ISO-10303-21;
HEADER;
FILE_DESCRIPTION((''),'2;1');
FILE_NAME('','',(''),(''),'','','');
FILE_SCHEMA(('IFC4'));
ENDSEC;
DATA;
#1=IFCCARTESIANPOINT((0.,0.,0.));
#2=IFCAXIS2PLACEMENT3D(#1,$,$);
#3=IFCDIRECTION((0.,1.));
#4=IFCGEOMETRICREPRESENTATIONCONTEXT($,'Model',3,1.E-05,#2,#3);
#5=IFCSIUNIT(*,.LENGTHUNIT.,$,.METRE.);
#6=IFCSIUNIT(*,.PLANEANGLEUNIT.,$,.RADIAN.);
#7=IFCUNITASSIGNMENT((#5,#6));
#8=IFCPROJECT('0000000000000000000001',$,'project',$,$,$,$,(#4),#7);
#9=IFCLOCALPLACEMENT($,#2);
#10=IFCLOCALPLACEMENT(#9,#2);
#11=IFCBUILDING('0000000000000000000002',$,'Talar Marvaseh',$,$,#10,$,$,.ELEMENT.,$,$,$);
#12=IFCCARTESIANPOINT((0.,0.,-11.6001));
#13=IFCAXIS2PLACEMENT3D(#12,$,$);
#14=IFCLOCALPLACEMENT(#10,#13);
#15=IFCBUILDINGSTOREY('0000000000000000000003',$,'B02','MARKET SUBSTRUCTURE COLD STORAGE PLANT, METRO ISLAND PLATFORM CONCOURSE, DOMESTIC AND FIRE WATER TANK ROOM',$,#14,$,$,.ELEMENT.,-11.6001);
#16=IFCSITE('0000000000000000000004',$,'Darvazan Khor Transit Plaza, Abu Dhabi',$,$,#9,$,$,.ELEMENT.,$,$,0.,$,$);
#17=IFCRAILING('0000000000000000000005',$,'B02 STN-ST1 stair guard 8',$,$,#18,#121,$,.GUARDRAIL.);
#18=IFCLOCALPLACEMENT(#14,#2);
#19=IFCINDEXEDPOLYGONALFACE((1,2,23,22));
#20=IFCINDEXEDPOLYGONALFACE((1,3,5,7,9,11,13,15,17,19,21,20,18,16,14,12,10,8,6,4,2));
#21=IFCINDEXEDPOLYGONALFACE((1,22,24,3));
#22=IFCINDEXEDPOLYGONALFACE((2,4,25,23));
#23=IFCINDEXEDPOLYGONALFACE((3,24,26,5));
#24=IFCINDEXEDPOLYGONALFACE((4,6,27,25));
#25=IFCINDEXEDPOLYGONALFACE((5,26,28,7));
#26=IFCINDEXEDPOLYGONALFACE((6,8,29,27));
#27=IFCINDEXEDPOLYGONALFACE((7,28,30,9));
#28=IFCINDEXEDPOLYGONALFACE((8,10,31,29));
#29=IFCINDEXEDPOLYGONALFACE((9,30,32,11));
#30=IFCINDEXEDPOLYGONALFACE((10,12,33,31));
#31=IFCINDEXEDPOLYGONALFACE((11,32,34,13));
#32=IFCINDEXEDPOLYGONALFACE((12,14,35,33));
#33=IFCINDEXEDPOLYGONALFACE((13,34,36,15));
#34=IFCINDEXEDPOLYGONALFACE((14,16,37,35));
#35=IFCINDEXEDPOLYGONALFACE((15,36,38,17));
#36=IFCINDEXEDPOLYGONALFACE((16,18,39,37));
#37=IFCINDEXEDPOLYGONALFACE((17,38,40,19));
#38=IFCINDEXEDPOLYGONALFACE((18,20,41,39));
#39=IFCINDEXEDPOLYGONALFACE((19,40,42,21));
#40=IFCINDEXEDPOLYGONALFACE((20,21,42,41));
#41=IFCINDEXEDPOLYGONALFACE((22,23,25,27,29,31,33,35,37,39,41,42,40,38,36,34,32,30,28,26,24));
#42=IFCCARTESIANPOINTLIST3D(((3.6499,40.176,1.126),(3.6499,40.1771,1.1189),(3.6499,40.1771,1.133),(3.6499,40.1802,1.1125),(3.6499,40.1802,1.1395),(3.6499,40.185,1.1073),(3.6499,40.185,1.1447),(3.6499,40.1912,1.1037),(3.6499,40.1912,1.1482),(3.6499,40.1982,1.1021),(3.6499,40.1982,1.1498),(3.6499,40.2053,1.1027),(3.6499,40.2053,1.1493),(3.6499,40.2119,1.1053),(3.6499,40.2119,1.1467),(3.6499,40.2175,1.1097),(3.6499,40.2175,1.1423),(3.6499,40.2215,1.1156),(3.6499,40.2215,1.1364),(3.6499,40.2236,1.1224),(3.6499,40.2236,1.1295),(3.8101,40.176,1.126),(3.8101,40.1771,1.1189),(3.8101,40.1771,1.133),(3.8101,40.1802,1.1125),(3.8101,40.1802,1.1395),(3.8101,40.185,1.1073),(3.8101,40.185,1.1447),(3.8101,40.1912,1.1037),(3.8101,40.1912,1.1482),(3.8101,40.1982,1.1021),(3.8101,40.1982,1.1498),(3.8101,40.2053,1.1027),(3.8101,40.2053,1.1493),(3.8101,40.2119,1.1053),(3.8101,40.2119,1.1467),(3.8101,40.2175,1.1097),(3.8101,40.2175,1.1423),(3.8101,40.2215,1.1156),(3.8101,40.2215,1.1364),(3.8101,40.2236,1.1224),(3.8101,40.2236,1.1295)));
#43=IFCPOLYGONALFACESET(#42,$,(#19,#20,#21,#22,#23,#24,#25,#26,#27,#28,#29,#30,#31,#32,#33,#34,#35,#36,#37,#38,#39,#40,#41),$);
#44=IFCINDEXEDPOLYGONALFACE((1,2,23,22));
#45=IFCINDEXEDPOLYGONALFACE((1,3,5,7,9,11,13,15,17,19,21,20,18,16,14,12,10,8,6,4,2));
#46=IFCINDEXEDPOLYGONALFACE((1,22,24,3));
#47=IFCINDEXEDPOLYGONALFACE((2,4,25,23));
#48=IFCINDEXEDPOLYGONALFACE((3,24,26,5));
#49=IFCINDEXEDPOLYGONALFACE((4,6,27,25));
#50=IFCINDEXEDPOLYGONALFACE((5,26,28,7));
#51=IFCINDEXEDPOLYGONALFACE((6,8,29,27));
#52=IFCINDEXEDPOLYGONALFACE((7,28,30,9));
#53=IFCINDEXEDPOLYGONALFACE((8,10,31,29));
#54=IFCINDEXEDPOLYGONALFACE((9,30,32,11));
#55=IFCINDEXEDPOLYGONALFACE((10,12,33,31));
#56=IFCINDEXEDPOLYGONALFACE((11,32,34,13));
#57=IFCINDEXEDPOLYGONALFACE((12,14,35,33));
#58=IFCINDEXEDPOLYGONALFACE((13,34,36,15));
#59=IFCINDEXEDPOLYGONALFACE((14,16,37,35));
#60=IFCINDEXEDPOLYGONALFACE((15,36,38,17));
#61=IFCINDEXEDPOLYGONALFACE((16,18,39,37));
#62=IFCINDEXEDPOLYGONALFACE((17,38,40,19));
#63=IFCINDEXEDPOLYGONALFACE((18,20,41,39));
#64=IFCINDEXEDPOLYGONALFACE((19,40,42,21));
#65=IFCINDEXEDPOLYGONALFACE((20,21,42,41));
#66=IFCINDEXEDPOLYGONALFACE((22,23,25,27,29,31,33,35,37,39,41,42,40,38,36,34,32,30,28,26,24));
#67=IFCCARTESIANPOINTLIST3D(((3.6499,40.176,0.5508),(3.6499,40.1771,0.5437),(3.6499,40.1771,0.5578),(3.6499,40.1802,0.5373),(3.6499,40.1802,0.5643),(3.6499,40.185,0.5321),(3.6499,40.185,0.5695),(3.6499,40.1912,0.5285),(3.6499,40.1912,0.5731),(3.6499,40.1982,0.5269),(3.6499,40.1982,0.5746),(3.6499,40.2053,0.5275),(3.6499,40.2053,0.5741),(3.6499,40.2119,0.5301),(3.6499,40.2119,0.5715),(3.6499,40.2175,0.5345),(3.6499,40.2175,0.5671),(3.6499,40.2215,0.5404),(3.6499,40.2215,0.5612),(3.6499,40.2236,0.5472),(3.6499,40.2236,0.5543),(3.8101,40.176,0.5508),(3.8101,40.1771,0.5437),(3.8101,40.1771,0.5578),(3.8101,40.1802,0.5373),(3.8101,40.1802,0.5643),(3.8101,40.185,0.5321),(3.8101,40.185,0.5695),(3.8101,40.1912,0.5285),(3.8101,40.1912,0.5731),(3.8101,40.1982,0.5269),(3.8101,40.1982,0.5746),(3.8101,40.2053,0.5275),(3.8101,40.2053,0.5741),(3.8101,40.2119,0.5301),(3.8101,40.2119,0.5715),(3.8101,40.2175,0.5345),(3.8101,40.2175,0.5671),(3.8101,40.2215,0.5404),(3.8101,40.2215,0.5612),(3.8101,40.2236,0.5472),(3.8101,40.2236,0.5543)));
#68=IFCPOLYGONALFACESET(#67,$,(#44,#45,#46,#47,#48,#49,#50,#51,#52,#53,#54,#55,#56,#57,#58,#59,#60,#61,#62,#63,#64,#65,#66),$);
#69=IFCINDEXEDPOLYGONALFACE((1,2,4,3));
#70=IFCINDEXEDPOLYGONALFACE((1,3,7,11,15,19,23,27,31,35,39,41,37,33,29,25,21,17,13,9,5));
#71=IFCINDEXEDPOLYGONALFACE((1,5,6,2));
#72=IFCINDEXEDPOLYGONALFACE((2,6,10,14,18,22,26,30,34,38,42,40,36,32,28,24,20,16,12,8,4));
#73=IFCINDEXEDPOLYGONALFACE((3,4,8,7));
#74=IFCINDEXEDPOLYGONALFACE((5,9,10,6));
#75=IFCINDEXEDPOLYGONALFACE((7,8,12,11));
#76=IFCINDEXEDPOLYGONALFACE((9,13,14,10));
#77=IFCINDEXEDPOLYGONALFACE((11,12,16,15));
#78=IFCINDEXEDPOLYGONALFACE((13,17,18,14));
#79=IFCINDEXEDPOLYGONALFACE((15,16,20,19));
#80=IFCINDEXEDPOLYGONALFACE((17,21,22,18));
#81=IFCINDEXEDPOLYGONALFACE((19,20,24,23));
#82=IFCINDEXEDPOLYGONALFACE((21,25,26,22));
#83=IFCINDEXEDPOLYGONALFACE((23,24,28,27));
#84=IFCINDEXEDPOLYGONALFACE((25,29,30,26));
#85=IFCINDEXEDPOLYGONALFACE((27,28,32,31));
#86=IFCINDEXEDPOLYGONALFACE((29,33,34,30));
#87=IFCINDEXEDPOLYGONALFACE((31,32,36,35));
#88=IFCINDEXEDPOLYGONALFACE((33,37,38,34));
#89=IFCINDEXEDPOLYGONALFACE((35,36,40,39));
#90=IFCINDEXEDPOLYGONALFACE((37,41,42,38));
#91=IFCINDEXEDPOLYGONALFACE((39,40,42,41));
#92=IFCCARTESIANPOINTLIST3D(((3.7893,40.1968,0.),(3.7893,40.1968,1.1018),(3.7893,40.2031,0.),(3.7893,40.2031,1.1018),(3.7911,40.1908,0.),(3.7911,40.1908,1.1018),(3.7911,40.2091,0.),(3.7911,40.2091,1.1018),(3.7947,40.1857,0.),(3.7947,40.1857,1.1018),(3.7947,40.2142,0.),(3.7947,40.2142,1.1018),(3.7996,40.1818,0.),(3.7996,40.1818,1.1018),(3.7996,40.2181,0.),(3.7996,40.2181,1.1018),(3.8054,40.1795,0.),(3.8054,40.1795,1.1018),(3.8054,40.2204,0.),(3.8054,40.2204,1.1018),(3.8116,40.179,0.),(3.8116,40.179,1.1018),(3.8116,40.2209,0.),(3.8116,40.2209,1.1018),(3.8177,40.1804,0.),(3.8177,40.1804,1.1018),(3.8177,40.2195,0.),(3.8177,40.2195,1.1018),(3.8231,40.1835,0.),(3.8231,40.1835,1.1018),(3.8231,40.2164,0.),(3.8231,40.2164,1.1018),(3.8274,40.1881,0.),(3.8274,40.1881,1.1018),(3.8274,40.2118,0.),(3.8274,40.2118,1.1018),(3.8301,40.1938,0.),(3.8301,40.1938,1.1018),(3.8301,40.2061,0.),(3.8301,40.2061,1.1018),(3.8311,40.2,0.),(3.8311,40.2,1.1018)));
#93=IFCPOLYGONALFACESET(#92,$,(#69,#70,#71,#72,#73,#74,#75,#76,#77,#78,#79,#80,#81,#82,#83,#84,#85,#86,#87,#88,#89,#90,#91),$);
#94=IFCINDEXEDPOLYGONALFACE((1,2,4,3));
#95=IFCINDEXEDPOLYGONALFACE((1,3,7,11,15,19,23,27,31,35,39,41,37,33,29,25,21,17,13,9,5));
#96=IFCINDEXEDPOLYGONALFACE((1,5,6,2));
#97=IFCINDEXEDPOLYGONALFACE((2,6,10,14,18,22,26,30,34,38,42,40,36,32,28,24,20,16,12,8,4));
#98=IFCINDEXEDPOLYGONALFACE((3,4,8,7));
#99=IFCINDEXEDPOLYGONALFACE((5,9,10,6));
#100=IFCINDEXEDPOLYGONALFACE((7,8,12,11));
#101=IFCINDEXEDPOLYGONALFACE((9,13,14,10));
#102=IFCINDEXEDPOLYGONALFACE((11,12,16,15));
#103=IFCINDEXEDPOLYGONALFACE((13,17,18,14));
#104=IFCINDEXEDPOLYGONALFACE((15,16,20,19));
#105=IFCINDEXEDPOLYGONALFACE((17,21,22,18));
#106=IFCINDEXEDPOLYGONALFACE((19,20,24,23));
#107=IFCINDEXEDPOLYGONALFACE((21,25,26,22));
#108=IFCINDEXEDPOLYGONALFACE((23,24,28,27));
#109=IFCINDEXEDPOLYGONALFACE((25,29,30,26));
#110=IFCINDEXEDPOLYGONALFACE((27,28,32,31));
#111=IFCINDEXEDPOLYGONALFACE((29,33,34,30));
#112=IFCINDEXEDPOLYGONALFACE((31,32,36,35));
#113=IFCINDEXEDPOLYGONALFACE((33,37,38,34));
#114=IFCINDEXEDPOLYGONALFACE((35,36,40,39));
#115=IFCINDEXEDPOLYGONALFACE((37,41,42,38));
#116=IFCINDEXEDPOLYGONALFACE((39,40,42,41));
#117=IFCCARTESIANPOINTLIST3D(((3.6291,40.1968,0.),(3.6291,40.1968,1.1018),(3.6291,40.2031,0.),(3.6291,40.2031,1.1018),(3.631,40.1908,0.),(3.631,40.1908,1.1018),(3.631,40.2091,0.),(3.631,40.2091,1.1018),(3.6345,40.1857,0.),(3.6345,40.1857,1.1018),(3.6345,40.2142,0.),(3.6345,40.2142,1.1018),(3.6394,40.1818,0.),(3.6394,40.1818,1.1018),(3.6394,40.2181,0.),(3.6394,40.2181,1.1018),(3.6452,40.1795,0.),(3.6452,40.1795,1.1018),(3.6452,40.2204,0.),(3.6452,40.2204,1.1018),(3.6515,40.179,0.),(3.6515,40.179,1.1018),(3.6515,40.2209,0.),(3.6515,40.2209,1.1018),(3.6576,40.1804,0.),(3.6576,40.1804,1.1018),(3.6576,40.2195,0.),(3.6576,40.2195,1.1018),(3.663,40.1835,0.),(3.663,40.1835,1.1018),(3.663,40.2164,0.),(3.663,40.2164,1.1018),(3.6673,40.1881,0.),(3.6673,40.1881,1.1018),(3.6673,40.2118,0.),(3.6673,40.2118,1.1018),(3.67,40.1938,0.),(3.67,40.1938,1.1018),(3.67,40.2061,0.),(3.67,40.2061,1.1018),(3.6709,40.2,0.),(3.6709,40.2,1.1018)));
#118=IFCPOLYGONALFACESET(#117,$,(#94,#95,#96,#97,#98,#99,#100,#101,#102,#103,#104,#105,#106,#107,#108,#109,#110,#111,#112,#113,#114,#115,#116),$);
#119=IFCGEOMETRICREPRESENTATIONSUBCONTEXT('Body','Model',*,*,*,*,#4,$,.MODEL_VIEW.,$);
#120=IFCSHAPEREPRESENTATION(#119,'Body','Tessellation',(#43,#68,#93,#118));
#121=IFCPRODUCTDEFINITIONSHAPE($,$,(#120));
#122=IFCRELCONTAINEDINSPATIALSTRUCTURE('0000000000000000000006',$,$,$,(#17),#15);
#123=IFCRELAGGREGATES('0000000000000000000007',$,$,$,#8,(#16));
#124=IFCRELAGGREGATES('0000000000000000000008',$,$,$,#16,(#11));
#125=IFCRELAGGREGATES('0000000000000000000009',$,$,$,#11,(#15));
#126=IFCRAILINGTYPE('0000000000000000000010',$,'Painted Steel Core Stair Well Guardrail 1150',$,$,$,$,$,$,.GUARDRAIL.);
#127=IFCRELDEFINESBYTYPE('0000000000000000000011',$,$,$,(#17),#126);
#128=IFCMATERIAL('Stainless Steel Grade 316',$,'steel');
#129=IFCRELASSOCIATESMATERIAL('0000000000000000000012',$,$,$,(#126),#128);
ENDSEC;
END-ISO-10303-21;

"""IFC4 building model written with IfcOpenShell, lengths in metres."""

from ifc_helpers import new_model, si_unit, direction, frame, origin, origin_2d, place, context, subcontext, project, spatial, circle, extrude, material, type_object, element, save


model = new_model("IFC4")

# Units and contexts
model_context = context("Model", 3, precision=1e-05, world=origin(), true_north=direction((0.0, 1.0)))
body_context = subcontext(model_context, "Body", "Model", "MODEL_VIEW")
ifc_project = project(units=[si_unit("LENGTHUNIT", "METRE"), si_unit("PLANEANGLEUNIT", "RADIAN")], contexts=[model_context])

# Site, building, storey
site_placement = place(None, origin())
site = spatial("IfcSite", under=ifc_project, at=site_placement, Name="Darvazan Khor Transit Plaza, Abu Dhabi", CompositionType="ELEMENT", RefElevation=0.0)
building_placement = place(site_placement, origin())
building = spatial("IfcBuilding", under=site, at=building_placement, Name="Talar Marvaseh", CompositionType="ELEMENT")
storey_placement = place(building_placement, frame((0.0, 0.0, -11.6001)))
storey = spatial("IfcBuildingStorey", under=building, at=storey_placement, Name="B02", Description="MARKET SUBSTRUCTURE COLD STORAGE PLANT, METRO ISLAND PLATFORM CONCOURSE, DOMESTIC AND FIRE WATER TANK ROOM", CompositionType="ELEMENT", Elevation=-11.6001)

# Railing
ifc_material_1 = material(Name="Stainless Steel Grade 316", Category="steel")
railing_type_1 = type_object("IfcRailingType", Name="Painted Steel Core Stair Well Guardrail 1150", PredefinedType="GUARDRAIL", material=ifc_material_1)
railing_1_placement = place(storey_placement, frame((3.8101, 40.2, 0.0)))
element("IfcRailing", 1, at=railing_1_placement, inside=storey, type_object=railing_type_1, Name="B02 STN-ST1 stair guard 8", PredefinedType="GUARDRAIL", context=body_context, shape_type="SweptSolid", body=[
    extrude(circle(Radius=0.0239, at=origin_2d()), frame((0.0, 0.0, 1.126), z_axis=(-1.0, 0.0, 0.0), x_axis=(0.0, -1.0, 0.0)), (0.0, 0.0, 1.0), 0.1602),
    extrude(circle(Radius=0.0239, at=origin_2d()), frame((0.0, 0.0, 0.5508), z_axis=(-1.0, 0.0, 0.0), x_axis=(0.0, -1.0, 0.0)), (0.0, 0.0, 1.0), 0.1602),
    extrude(circle(Radius=0.021, at=origin_2d()), origin(), (0.0, 0.0, 1.0), 1.1018),
    extrude(circle(Radius=0.021, at=origin_2d()), frame((-0.1602, 0.0, 0.0)), (0.0, 0.0, 1.0), 1.1018),
])

save(model, "model.ifc")
